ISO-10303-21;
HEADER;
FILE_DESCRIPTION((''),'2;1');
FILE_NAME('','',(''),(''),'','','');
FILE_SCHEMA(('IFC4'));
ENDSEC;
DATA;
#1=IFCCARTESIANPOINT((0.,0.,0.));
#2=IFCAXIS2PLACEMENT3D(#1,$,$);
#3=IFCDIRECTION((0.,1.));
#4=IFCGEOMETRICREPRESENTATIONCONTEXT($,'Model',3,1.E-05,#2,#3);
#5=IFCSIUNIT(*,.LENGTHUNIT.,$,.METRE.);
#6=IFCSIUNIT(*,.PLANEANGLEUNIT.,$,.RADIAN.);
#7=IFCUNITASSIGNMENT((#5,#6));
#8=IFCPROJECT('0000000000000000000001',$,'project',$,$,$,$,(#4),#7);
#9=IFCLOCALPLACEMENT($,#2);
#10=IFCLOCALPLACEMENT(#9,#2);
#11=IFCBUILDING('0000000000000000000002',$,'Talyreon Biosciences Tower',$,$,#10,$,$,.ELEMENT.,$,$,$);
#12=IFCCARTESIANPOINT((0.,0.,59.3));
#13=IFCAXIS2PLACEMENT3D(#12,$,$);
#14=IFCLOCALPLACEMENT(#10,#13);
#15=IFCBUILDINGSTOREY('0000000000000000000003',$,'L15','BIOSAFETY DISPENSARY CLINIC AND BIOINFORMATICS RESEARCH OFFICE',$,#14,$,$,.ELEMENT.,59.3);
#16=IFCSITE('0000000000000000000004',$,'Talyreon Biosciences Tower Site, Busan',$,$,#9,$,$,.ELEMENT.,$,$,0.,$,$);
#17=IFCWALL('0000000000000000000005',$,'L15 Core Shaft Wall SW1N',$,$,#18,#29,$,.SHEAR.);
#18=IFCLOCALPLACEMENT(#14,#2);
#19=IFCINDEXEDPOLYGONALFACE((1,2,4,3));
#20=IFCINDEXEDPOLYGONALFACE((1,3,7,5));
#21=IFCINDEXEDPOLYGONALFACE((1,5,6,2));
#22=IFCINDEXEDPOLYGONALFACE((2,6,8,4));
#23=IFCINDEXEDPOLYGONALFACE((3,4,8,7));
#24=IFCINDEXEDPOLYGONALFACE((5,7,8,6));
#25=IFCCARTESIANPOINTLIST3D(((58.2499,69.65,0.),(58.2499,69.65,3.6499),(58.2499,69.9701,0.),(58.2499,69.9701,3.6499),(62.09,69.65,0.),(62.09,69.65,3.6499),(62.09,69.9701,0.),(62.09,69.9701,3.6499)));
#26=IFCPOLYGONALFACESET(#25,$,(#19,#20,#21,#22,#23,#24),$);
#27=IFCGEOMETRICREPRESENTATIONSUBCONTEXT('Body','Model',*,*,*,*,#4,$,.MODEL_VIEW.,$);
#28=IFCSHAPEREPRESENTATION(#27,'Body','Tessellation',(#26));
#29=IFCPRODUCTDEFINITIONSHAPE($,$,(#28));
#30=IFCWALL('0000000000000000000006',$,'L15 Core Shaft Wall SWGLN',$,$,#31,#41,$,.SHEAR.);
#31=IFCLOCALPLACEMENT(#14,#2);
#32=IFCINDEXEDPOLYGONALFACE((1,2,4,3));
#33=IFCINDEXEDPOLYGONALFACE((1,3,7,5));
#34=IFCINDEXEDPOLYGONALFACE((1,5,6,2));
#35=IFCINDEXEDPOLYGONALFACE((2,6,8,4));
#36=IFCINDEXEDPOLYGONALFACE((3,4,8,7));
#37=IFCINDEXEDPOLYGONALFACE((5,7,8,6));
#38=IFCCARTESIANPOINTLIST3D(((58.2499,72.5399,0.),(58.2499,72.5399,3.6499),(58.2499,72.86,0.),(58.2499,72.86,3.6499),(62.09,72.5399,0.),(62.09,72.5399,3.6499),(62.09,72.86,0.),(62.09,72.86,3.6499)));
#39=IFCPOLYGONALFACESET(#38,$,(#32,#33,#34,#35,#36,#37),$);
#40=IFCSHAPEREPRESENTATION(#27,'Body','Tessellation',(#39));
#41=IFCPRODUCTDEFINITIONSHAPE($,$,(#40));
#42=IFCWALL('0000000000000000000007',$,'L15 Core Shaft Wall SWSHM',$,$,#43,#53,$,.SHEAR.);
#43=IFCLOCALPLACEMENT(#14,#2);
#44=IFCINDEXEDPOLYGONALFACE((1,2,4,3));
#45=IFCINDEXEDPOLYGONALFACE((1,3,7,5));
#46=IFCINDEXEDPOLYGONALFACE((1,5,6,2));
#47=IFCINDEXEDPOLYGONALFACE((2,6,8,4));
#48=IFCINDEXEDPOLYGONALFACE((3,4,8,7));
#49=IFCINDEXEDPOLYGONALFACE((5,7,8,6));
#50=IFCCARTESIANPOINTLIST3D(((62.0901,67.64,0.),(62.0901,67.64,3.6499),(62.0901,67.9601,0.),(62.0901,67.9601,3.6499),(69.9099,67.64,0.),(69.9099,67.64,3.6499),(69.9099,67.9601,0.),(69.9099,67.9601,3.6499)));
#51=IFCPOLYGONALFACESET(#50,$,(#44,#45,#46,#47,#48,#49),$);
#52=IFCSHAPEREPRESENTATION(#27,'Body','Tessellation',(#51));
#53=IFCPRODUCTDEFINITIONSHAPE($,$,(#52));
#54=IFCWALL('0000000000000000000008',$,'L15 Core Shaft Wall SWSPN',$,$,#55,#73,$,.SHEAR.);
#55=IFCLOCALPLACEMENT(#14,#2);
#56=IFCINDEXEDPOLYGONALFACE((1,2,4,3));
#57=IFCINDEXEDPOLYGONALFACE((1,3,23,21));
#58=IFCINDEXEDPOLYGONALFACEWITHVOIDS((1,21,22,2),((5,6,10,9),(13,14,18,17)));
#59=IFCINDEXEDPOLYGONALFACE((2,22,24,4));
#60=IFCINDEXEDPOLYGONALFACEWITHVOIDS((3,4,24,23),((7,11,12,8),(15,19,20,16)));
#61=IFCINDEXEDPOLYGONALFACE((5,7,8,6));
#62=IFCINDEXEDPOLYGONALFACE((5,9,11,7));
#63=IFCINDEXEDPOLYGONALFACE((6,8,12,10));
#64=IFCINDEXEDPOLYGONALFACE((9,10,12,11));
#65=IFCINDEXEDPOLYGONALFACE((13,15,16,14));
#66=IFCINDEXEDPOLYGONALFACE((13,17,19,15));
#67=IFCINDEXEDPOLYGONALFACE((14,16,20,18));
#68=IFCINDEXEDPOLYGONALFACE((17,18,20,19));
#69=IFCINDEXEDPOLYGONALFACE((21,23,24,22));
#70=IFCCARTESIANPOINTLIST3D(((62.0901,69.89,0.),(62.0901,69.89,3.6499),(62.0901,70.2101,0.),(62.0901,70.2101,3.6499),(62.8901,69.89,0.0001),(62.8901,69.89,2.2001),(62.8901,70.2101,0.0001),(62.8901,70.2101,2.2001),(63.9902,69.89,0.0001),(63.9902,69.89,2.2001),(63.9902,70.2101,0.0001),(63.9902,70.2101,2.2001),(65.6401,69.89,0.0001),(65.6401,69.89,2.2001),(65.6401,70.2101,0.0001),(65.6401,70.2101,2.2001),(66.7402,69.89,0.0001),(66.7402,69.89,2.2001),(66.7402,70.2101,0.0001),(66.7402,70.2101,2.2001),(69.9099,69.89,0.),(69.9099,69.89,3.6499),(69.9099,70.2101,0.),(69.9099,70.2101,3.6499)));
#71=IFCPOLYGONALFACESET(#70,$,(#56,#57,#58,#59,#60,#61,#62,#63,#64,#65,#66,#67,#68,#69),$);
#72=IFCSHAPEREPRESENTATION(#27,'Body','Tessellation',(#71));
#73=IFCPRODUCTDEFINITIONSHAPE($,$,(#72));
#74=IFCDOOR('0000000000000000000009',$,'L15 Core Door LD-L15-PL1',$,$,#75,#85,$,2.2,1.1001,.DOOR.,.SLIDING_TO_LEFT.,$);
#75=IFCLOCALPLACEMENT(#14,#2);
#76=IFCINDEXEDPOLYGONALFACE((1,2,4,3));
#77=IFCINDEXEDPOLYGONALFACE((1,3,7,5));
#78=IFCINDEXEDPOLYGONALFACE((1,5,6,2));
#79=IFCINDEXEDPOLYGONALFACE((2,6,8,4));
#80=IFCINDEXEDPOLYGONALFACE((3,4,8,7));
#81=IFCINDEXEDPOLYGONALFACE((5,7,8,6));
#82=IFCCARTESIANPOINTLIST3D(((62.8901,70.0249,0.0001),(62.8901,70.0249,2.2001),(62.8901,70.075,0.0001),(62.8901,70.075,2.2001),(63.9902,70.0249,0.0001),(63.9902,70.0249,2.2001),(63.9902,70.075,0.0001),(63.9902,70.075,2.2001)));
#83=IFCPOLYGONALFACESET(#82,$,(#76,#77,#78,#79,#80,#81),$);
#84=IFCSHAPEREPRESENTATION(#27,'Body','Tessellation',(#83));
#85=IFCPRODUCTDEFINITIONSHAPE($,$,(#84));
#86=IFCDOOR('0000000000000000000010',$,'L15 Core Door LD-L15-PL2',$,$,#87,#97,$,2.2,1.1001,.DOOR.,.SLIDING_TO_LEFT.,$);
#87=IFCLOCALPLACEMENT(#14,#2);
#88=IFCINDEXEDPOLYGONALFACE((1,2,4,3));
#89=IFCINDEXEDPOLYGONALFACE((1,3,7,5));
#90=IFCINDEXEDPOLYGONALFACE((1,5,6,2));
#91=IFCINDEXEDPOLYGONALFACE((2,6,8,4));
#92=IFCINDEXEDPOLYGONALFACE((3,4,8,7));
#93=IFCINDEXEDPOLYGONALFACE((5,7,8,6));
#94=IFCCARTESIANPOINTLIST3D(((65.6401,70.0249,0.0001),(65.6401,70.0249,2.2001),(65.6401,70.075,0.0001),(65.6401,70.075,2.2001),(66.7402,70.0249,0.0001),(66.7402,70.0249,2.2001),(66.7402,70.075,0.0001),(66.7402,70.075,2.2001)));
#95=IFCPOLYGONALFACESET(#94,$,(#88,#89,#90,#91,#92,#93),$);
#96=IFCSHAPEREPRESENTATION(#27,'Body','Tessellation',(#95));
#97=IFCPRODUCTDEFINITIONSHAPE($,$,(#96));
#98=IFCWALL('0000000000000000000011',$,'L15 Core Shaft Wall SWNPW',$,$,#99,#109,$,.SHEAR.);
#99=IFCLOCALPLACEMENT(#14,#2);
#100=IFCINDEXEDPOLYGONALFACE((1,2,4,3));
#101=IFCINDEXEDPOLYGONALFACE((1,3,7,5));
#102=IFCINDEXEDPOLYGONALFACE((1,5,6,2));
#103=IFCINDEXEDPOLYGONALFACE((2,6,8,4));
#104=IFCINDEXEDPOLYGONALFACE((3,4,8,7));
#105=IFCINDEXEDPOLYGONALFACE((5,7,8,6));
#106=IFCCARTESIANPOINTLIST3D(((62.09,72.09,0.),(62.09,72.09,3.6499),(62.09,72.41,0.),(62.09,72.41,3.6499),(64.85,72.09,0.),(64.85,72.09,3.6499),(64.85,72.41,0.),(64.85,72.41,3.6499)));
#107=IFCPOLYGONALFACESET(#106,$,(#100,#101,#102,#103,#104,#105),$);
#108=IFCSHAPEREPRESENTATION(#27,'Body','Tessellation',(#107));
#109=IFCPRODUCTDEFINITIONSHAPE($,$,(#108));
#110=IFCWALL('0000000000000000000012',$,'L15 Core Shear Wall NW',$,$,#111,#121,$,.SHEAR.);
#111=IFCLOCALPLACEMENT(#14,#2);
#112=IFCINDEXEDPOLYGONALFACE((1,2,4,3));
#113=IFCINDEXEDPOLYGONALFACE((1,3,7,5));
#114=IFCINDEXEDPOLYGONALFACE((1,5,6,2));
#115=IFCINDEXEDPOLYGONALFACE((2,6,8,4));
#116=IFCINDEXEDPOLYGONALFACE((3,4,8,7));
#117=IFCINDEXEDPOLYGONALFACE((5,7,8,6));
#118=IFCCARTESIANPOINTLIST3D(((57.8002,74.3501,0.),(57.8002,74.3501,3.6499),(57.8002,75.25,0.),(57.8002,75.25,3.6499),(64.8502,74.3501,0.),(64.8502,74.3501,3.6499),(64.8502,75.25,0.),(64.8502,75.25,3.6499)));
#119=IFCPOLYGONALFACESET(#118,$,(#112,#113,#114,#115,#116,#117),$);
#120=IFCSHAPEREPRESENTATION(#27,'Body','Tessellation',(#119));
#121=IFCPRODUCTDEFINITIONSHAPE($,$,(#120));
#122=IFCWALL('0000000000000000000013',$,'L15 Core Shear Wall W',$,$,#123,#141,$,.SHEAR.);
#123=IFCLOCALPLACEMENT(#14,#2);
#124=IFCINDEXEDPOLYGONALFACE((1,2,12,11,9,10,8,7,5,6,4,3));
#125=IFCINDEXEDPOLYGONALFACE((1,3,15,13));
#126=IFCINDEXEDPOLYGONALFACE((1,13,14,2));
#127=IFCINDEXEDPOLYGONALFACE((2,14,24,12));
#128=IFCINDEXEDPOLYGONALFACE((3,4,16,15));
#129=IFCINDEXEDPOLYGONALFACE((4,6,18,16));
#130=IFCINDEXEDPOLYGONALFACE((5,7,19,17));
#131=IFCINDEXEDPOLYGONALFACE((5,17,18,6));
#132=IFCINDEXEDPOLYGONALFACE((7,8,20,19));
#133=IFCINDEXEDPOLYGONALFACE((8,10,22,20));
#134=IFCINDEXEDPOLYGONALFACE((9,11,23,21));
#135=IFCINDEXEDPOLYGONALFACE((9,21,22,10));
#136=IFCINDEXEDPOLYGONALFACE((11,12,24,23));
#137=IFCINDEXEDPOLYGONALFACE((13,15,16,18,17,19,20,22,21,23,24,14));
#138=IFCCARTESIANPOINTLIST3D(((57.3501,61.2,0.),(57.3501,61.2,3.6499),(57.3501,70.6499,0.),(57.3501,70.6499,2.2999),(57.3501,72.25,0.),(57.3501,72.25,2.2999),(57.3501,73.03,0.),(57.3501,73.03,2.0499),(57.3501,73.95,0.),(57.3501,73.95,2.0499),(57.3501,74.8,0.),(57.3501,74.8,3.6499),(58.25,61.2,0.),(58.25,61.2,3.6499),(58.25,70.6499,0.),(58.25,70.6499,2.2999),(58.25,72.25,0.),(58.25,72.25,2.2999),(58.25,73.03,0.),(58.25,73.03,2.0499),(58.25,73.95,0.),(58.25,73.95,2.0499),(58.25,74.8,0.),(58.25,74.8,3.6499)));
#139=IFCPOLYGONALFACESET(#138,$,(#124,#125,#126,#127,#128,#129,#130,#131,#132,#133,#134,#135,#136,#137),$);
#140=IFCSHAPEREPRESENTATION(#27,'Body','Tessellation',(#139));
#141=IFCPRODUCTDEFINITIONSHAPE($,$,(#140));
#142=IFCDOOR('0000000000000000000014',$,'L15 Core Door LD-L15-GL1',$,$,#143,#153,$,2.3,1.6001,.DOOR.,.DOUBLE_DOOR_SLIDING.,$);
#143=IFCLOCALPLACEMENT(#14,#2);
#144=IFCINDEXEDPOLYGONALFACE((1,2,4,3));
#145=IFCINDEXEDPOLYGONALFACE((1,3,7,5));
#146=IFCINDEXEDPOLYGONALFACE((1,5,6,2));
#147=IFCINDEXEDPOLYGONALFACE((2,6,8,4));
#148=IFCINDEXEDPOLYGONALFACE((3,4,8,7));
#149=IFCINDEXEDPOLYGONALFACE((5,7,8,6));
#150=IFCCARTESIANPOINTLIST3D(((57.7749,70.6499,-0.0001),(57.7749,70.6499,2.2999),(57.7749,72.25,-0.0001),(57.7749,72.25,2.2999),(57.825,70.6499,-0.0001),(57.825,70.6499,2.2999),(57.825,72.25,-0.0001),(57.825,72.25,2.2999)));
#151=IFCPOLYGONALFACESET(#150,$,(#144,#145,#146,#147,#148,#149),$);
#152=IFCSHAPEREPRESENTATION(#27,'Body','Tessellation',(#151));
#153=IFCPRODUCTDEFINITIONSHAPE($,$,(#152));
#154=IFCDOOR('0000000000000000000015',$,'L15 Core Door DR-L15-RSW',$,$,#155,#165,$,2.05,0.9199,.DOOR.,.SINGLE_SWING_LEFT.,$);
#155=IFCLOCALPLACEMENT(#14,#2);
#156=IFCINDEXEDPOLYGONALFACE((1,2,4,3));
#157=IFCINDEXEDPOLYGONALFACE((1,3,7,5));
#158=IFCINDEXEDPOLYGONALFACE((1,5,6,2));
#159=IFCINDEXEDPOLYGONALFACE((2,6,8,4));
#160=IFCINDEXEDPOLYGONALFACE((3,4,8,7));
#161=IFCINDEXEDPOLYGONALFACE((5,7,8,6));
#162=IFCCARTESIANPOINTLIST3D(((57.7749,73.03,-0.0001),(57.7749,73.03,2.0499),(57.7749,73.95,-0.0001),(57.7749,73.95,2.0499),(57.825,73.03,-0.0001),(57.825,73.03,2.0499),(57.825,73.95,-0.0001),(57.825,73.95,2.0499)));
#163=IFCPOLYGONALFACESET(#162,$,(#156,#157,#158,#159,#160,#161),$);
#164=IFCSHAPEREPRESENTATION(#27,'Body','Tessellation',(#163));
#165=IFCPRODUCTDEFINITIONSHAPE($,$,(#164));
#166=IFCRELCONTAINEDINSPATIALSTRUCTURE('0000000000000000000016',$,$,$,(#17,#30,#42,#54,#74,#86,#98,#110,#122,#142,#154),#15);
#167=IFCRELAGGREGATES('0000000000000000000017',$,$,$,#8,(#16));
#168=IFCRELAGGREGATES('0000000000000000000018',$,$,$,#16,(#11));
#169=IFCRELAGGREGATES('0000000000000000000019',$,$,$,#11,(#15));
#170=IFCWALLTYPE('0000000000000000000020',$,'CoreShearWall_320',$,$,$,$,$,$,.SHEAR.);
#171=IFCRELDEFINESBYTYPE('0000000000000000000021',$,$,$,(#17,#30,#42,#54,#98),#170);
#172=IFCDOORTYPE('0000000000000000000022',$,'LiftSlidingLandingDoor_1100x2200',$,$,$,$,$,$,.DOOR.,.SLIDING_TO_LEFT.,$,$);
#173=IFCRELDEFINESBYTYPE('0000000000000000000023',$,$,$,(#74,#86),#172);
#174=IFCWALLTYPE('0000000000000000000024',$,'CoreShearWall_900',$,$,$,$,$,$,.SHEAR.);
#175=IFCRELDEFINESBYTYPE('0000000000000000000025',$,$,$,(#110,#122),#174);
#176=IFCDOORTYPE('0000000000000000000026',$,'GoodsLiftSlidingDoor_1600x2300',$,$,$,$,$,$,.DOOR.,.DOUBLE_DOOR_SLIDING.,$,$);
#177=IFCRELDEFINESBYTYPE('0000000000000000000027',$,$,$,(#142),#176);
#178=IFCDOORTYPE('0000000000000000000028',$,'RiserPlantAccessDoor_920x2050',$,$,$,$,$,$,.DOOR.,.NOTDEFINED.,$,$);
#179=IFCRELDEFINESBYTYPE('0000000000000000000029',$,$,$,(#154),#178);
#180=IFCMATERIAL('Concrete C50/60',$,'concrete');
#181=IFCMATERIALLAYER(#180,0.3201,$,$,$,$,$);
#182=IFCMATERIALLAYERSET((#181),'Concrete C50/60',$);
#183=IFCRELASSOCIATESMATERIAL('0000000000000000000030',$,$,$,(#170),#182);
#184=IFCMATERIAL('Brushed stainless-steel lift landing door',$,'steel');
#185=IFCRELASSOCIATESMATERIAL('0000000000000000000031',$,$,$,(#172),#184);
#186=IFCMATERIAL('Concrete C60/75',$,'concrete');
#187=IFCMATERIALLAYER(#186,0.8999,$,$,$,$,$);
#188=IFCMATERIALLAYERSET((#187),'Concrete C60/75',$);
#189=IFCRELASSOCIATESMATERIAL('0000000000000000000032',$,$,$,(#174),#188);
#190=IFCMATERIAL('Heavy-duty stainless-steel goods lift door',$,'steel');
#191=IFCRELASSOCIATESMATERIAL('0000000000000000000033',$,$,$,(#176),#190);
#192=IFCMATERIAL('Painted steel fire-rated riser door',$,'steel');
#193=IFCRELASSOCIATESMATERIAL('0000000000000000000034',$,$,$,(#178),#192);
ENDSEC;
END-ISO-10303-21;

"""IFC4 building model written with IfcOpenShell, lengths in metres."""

from ifc_helpers import new_model, si_unit, direction, frame, frame_2d, origin, place, context, subcontext, project, spatial, rectangle, extrude, material, layer, layer_set, type_object, element, fill, save


model = new_model("IFC4")

# Units and contexts
model_context = context("Model", 3, precision=1e-05, world=origin(), true_north=direction((0.0, 1.0)))
body_context = subcontext(model_context, "Body", "Model", "MODEL_VIEW")
ifc_project = project(units=[si_unit("LENGTHUNIT", "METRE"), si_unit("PLANEANGLEUNIT", "RADIAN")], contexts=[model_context])

# Site, building, storey
site_placement = place(None, origin())
site = spatial("IfcSite", under=ifc_project, at=site_placement, Name="Talyreon Biosciences Tower Site, Busan", CompositionType="ELEMENT", RefElevation=0.0)
building_placement = place(site_placement, origin())
building = spatial("IfcBuilding", under=site, at=building_placement, Name="Talyreon Biosciences Tower", CompositionType="ELEMENT")
storey_placement = place(building_placement, frame((0.0, 0.0, 59.3)))
storey = spatial("IfcBuildingStorey", under=building, at=storey_placement, Name="L15", Description="BIOSAFETY DISPENSARY CLINIC AND BIOINFORMATICS RESEARCH OFFICE", CompositionType="ELEMENT", Elevation=59.3)

# Shared definitions
ifc_material_1 = material(Name="Concrete C60/75", Category="concrete")

# Walls
ifc_material_2 = material(Name="Concrete C50/60", Category="concrete")
ifc_layer_1 = layer(ifc_material_2, 0.3201)
ifc_layer_set_1 = layer_set([ifc_layer_1], Name="Concrete C50/60")
wall_type_1 = type_object("IfcWallType", Name="CoreShearWall_320", PredefinedType="SHEAR", material=ifc_layer_set_1)
for number, where, z_axis, x_axis, name in (
    (1, (58.25, 69.8101, 0.0), (0.0, 0.0, 1.0), (1.0, 0.0, 0.0), "L15 Core Shaft Wall SW1N"),
    (2, (58.25, 72.7, 0.0), (0.0, 0.0, 1.0), (1.0, 0.0, 0.0), "L15 Core Shaft Wall SWGLN"),
):
    element("IfcWall", number, at=place(storey_placement, frame(where, z_axis=z_axis, x_axis=x_axis)), inside=storey, type_object=wall_type_1, Name=name, PredefinedType="SHEAR", context=body_context, shape_type="SweptSolid", body=[
        extrude(rectangle(XDim=3.8401, YDim=0.3201, at=frame_2d((1.9199, 0.0))), origin(), (0.0, 0.0, 1.0), 3.6499),
    ])
wall_1_placement = place(storey_placement, frame((62.0901, 67.8, 0.0), z_axis=(0.0, 0.0, 1.0), x_axis=(1.0, 0.0, 0.0)))
element("IfcWall", 3, at=wall_1_placement, inside=storey, type_object=wall_type_1, Name="L15 Core Shaft Wall SWSHM", PredefinedType="SHEAR", context=body_context, shape_type="SweptSolid", body=[
    extrude(rectangle(XDim=7.8198, YDim=0.3201, at=frame_2d((3.9099, 0.0))), origin(), (0.0, 0.0, 1.0), 3.6499),
])

# Wall, openings, doors
wall_2_placement = place(storey_placement, frame((62.0901, 70.05, 0.0), z_axis=(0.0, 0.0, 1.0), x_axis=(1.0, 0.0, 0.0)))
wall_2 = element("IfcWall", 4, at=wall_2_placement, inside=storey, type_object=wall_type_1, Name="L15 Core Shaft Wall SWSPN", PredefinedType="SHEAR", context=body_context, shape_type="SweptSolid", body=[
    extrude(rectangle(XDim=7.8198, YDim=0.3201, at=frame_2d((3.9099, 0.0))), origin(), (0.0, 0.0, 1.0), 3.6499),
])
opening_1_placement = place(wall_2_placement, frame((0.8, 0.0, 0.0)))
opening_1 = element("IfcOpeningElement", 5, at=opening_1_placement, cuts=wall_2, PredefinedType="OPENING", context=body_context, shape_type="SweptSolid", body=[
    extrude(rectangle(XDim=1.1001, YDim=2.2, at=frame_2d((0.55, 1.1001))), frame((0.0, 0.1699, 0.0), z_axis=(0.0, -1.0, 0.0), x_axis=(1.0, 0.0, 0.0)), (0.0, 0.0, 1.0), 0.3401),
])
opening_2_placement = place(wall_2_placement, frame((3.55, 0.0, 0.0)))
opening_2 = element("IfcOpeningElement", 6, at=opening_2_placement, cuts=wall_2, PredefinedType="OPENING", context=body_context, shape_type="SweptSolid", body=[
    extrude(rectangle(XDim=1.1001, YDim=2.2, at=frame_2d((0.55, 1.1001))), frame((0.0, 0.1699, 0.0), z_axis=(0.0, -1.0, 0.0), x_axis=(1.0, 0.0, 0.0)), (0.0, 0.0, 1.0), 0.3401),
])
ifc_material_3 = material(Name="Brushed stainless-steel lift landing door", Category="steel")
door_type_1 = type_object("IfcDoorType", Name="LiftSlidingLandingDoor_1100x2200", OperationType="SLIDING_TO_LEFT", PredefinedType="DOOR", material=ifc_material_3)
door_1_placement = place(opening_1_placement, origin())
door_1 = element("IfcDoor", 7, at=door_1_placement, inside=storey, type_object=door_type_1, Name="L15 Core Door LD-L15-PL1", OperationType="SLIDING_TO_LEFT", OverallHeight=2.2, OverallWidth=1.1001, PredefinedType="DOOR", context=body_context, shape_type="SweptSolid", body=[
    extrude(rectangle(XDim=1.1001, YDim=2.2, at=frame_2d((0.55, 1.1001))), frame((0.0, 0.0249, 0.0), z_axis=(0.0, -1.0, 0.0), x_axis=(1.0, 0.0, 0.0)), (0.0, 0.0, 1.0), 0.05),
])
fill(opening_1, door_1)
door_2_placement = place(opening_2_placement, origin())
door_2 = element("IfcDoor", 8, at=door_2_placement, inside=storey, type_object=door_type_1, Name="L15 Core Door LD-L15-PL2", OperationType="SLIDING_TO_LEFT", OverallHeight=2.2, OverallWidth=1.1001, PredefinedType="DOOR", context=body_context, shape_type="SweptSolid", body=[
    extrude(rectangle(XDim=1.1001, YDim=2.2, at=frame_2d((0.55, 1.1001))), frame((0.0, 0.0249, 0.0), z_axis=(0.0, -1.0, 0.0), x_axis=(1.0, 0.0, 0.0)), (0.0, 0.0, 1.0), 0.05),
])
fill(opening_2, door_2)

# Walls
wall_3_placement = place(storey_placement, frame((62.0901, 72.25, 0.0), z_axis=(0.0, 0.0, 1.0), x_axis=(1.0, 0.0, 0.0)))
element("IfcWall", 9, at=wall_3_placement, inside=storey, type_object=wall_type_1, Name="L15 Core Shaft Wall SWNPW", PredefinedType="SHEAR", context=body_context, shape_type="SweptSolid", body=[
    extrude(rectangle(XDim=2.76, YDim=0.3201, at=frame_2d((1.3799, 0.0))), origin(), (0.0, 0.0, 1.0), 3.6499),
])
ifc_layer_2 = layer(ifc_material_1, 0.8999)
ifc_layer_set_2 = layer_set([ifc_layer_2], Name="Concrete C60/75")
wall_type_2 = type_object("IfcWallType", Name="CoreShearWall_900", PredefinedType="SHEAR", material=ifc_layer_set_2)
wall_4_placement = place(storey_placement, frame((64.8501, 74.8, 0.0), z_axis=(0.0, 0.0, 1.0), x_axis=(-1.0, 0.0, 0.0)))
element("IfcWall", 10, at=wall_4_placement, inside=storey, type_object=wall_type_2, Name="L15 Core Shear Wall NW", PredefinedType="SHEAR", context=body_context, shape_type="SweptSolid", body=[
    extrude(rectangle(XDim=7.05, YDim=0.8999, at=frame_2d((3.5249, 0.0))), origin(), (0.0, 0.0, 1.0), 3.6499),
])

# Wall, openings, doors
wall_5_placement = place(storey_placement, frame((57.8, 74.8, 0.0), z_axis=(0.0, 0.0, 1.0), x_axis=(0.0, -1.0, 0.0)))
wall_5 = element("IfcWall", 11, at=wall_5_placement, inside=storey, type_object=wall_type_2, Name="L15 Core Shear Wall W", PredefinedType="SHEAR", context=body_context, shape_type="SweptSolid", body=[
    extrude(rectangle(XDim=13.6001, YDim=0.8999, at=frame_2d((6.8, 0.0))), origin(), (0.0, 0.0, 1.0), 3.6499),
])
opening_3_placement = place(wall_5_placement, frame((0.8501, 0.0, 0.0)))
opening_3 = element("IfcOpeningElement", 12, at=opening_3_placement, cuts=wall_5, PredefinedType="OPENING", context=body_context, shape_type="SweptSolid", body=[
    extrude(rectangle(XDim=0.9199, YDim=2.05, at=frame_2d((0.46, 1.0249))), frame((0.0, 0.46, 0.0), z_axis=(0.0, -1.0, 0.0), x_axis=(1.0, 0.0, 0.0)), (0.0, 0.0, 1.0), 0.9199),
])
opening_4_placement = place(wall_5_placement, frame((2.55, 0.0, 0.0)))
opening_4 = element("IfcOpeningElement", 13, at=opening_4_placement, cuts=wall_5, PredefinedType="OPENING", context=body_context, shape_type="SweptSolid", body=[
    extrude(rectangle(XDim=1.6001, YDim=2.3, at=frame_2d((0.8, 1.1499))), frame((0.0, 0.46, 0.0), z_axis=(0.0, -1.0, 0.0), x_axis=(1.0, 0.0, 0.0)), (0.0, 0.0, 1.0), 0.9199),
])
ifc_material_4 = material(Name="Heavy-duty stainless-steel goods lift door", Category="steel")
door_type_2 = type_object("IfcDoorType", Name="GoodsLiftSlidingDoor_1600x2300", OperationType="DOUBLE_DOOR_SLIDING", PredefinedType="DOOR", material=ifc_material_4)
door_3_placement = place(opening_4_placement, origin())
door_3 = element("IfcDoor", 14, at=door_3_placement, inside=storey, type_object=door_type_2, Name="L15 Core Door LD-L15-GL1", OperationType="DOUBLE_DOOR_SLIDING", OverallHeight=2.3, OverallWidth=1.6001, PredefinedType="DOOR", context=body_context, shape_type="SweptSolid", body=[
    extrude(rectangle(XDim=1.6001, YDim=2.3, at=frame_2d((0.8, 1.1499))), frame((0.0, 0.0249, 0.0), z_axis=(0.0, -1.0, 0.0), x_axis=(1.0, 0.0, 0.0)), (0.0, 0.0, 1.0), 0.05),
])
fill(opening_4, door_3)
ifc_material_5 = material(Name="Painted steel fire-rated riser door", Category="steel")
door_type_3 = type_object("IfcDoorType", Name="RiserPlantAccessDoor_920x2050", OperationType="NOTDEFINED", PredefinedType="DOOR", material=ifc_material_5)
door_4_placement = place(opening_3_placement, origin())
door_4 = element("IfcDoor", 15, at=door_4_placement, inside=storey, type_object=door_type_3, Name="L15 Core Door DR-L15-RSW", OperationType="SINGLE_SWING_LEFT", OverallHeight=2.05, OverallWidth=0.9199, PredefinedType="DOOR", context=body_context, shape_type="SweptSolid", body=[
    extrude(rectangle(XDim=0.9199, YDim=2.05, at=frame_2d((0.46, 1.0249))), frame((0.0, 0.0249, 0.0), z_axis=(0.0, -1.0, 0.0), x_axis=(1.0, 0.0, 0.0)), (0.0, 0.0, 1.0), 0.05),
])
fill(opening_3, door_4)

save(model, "model.ifc")
